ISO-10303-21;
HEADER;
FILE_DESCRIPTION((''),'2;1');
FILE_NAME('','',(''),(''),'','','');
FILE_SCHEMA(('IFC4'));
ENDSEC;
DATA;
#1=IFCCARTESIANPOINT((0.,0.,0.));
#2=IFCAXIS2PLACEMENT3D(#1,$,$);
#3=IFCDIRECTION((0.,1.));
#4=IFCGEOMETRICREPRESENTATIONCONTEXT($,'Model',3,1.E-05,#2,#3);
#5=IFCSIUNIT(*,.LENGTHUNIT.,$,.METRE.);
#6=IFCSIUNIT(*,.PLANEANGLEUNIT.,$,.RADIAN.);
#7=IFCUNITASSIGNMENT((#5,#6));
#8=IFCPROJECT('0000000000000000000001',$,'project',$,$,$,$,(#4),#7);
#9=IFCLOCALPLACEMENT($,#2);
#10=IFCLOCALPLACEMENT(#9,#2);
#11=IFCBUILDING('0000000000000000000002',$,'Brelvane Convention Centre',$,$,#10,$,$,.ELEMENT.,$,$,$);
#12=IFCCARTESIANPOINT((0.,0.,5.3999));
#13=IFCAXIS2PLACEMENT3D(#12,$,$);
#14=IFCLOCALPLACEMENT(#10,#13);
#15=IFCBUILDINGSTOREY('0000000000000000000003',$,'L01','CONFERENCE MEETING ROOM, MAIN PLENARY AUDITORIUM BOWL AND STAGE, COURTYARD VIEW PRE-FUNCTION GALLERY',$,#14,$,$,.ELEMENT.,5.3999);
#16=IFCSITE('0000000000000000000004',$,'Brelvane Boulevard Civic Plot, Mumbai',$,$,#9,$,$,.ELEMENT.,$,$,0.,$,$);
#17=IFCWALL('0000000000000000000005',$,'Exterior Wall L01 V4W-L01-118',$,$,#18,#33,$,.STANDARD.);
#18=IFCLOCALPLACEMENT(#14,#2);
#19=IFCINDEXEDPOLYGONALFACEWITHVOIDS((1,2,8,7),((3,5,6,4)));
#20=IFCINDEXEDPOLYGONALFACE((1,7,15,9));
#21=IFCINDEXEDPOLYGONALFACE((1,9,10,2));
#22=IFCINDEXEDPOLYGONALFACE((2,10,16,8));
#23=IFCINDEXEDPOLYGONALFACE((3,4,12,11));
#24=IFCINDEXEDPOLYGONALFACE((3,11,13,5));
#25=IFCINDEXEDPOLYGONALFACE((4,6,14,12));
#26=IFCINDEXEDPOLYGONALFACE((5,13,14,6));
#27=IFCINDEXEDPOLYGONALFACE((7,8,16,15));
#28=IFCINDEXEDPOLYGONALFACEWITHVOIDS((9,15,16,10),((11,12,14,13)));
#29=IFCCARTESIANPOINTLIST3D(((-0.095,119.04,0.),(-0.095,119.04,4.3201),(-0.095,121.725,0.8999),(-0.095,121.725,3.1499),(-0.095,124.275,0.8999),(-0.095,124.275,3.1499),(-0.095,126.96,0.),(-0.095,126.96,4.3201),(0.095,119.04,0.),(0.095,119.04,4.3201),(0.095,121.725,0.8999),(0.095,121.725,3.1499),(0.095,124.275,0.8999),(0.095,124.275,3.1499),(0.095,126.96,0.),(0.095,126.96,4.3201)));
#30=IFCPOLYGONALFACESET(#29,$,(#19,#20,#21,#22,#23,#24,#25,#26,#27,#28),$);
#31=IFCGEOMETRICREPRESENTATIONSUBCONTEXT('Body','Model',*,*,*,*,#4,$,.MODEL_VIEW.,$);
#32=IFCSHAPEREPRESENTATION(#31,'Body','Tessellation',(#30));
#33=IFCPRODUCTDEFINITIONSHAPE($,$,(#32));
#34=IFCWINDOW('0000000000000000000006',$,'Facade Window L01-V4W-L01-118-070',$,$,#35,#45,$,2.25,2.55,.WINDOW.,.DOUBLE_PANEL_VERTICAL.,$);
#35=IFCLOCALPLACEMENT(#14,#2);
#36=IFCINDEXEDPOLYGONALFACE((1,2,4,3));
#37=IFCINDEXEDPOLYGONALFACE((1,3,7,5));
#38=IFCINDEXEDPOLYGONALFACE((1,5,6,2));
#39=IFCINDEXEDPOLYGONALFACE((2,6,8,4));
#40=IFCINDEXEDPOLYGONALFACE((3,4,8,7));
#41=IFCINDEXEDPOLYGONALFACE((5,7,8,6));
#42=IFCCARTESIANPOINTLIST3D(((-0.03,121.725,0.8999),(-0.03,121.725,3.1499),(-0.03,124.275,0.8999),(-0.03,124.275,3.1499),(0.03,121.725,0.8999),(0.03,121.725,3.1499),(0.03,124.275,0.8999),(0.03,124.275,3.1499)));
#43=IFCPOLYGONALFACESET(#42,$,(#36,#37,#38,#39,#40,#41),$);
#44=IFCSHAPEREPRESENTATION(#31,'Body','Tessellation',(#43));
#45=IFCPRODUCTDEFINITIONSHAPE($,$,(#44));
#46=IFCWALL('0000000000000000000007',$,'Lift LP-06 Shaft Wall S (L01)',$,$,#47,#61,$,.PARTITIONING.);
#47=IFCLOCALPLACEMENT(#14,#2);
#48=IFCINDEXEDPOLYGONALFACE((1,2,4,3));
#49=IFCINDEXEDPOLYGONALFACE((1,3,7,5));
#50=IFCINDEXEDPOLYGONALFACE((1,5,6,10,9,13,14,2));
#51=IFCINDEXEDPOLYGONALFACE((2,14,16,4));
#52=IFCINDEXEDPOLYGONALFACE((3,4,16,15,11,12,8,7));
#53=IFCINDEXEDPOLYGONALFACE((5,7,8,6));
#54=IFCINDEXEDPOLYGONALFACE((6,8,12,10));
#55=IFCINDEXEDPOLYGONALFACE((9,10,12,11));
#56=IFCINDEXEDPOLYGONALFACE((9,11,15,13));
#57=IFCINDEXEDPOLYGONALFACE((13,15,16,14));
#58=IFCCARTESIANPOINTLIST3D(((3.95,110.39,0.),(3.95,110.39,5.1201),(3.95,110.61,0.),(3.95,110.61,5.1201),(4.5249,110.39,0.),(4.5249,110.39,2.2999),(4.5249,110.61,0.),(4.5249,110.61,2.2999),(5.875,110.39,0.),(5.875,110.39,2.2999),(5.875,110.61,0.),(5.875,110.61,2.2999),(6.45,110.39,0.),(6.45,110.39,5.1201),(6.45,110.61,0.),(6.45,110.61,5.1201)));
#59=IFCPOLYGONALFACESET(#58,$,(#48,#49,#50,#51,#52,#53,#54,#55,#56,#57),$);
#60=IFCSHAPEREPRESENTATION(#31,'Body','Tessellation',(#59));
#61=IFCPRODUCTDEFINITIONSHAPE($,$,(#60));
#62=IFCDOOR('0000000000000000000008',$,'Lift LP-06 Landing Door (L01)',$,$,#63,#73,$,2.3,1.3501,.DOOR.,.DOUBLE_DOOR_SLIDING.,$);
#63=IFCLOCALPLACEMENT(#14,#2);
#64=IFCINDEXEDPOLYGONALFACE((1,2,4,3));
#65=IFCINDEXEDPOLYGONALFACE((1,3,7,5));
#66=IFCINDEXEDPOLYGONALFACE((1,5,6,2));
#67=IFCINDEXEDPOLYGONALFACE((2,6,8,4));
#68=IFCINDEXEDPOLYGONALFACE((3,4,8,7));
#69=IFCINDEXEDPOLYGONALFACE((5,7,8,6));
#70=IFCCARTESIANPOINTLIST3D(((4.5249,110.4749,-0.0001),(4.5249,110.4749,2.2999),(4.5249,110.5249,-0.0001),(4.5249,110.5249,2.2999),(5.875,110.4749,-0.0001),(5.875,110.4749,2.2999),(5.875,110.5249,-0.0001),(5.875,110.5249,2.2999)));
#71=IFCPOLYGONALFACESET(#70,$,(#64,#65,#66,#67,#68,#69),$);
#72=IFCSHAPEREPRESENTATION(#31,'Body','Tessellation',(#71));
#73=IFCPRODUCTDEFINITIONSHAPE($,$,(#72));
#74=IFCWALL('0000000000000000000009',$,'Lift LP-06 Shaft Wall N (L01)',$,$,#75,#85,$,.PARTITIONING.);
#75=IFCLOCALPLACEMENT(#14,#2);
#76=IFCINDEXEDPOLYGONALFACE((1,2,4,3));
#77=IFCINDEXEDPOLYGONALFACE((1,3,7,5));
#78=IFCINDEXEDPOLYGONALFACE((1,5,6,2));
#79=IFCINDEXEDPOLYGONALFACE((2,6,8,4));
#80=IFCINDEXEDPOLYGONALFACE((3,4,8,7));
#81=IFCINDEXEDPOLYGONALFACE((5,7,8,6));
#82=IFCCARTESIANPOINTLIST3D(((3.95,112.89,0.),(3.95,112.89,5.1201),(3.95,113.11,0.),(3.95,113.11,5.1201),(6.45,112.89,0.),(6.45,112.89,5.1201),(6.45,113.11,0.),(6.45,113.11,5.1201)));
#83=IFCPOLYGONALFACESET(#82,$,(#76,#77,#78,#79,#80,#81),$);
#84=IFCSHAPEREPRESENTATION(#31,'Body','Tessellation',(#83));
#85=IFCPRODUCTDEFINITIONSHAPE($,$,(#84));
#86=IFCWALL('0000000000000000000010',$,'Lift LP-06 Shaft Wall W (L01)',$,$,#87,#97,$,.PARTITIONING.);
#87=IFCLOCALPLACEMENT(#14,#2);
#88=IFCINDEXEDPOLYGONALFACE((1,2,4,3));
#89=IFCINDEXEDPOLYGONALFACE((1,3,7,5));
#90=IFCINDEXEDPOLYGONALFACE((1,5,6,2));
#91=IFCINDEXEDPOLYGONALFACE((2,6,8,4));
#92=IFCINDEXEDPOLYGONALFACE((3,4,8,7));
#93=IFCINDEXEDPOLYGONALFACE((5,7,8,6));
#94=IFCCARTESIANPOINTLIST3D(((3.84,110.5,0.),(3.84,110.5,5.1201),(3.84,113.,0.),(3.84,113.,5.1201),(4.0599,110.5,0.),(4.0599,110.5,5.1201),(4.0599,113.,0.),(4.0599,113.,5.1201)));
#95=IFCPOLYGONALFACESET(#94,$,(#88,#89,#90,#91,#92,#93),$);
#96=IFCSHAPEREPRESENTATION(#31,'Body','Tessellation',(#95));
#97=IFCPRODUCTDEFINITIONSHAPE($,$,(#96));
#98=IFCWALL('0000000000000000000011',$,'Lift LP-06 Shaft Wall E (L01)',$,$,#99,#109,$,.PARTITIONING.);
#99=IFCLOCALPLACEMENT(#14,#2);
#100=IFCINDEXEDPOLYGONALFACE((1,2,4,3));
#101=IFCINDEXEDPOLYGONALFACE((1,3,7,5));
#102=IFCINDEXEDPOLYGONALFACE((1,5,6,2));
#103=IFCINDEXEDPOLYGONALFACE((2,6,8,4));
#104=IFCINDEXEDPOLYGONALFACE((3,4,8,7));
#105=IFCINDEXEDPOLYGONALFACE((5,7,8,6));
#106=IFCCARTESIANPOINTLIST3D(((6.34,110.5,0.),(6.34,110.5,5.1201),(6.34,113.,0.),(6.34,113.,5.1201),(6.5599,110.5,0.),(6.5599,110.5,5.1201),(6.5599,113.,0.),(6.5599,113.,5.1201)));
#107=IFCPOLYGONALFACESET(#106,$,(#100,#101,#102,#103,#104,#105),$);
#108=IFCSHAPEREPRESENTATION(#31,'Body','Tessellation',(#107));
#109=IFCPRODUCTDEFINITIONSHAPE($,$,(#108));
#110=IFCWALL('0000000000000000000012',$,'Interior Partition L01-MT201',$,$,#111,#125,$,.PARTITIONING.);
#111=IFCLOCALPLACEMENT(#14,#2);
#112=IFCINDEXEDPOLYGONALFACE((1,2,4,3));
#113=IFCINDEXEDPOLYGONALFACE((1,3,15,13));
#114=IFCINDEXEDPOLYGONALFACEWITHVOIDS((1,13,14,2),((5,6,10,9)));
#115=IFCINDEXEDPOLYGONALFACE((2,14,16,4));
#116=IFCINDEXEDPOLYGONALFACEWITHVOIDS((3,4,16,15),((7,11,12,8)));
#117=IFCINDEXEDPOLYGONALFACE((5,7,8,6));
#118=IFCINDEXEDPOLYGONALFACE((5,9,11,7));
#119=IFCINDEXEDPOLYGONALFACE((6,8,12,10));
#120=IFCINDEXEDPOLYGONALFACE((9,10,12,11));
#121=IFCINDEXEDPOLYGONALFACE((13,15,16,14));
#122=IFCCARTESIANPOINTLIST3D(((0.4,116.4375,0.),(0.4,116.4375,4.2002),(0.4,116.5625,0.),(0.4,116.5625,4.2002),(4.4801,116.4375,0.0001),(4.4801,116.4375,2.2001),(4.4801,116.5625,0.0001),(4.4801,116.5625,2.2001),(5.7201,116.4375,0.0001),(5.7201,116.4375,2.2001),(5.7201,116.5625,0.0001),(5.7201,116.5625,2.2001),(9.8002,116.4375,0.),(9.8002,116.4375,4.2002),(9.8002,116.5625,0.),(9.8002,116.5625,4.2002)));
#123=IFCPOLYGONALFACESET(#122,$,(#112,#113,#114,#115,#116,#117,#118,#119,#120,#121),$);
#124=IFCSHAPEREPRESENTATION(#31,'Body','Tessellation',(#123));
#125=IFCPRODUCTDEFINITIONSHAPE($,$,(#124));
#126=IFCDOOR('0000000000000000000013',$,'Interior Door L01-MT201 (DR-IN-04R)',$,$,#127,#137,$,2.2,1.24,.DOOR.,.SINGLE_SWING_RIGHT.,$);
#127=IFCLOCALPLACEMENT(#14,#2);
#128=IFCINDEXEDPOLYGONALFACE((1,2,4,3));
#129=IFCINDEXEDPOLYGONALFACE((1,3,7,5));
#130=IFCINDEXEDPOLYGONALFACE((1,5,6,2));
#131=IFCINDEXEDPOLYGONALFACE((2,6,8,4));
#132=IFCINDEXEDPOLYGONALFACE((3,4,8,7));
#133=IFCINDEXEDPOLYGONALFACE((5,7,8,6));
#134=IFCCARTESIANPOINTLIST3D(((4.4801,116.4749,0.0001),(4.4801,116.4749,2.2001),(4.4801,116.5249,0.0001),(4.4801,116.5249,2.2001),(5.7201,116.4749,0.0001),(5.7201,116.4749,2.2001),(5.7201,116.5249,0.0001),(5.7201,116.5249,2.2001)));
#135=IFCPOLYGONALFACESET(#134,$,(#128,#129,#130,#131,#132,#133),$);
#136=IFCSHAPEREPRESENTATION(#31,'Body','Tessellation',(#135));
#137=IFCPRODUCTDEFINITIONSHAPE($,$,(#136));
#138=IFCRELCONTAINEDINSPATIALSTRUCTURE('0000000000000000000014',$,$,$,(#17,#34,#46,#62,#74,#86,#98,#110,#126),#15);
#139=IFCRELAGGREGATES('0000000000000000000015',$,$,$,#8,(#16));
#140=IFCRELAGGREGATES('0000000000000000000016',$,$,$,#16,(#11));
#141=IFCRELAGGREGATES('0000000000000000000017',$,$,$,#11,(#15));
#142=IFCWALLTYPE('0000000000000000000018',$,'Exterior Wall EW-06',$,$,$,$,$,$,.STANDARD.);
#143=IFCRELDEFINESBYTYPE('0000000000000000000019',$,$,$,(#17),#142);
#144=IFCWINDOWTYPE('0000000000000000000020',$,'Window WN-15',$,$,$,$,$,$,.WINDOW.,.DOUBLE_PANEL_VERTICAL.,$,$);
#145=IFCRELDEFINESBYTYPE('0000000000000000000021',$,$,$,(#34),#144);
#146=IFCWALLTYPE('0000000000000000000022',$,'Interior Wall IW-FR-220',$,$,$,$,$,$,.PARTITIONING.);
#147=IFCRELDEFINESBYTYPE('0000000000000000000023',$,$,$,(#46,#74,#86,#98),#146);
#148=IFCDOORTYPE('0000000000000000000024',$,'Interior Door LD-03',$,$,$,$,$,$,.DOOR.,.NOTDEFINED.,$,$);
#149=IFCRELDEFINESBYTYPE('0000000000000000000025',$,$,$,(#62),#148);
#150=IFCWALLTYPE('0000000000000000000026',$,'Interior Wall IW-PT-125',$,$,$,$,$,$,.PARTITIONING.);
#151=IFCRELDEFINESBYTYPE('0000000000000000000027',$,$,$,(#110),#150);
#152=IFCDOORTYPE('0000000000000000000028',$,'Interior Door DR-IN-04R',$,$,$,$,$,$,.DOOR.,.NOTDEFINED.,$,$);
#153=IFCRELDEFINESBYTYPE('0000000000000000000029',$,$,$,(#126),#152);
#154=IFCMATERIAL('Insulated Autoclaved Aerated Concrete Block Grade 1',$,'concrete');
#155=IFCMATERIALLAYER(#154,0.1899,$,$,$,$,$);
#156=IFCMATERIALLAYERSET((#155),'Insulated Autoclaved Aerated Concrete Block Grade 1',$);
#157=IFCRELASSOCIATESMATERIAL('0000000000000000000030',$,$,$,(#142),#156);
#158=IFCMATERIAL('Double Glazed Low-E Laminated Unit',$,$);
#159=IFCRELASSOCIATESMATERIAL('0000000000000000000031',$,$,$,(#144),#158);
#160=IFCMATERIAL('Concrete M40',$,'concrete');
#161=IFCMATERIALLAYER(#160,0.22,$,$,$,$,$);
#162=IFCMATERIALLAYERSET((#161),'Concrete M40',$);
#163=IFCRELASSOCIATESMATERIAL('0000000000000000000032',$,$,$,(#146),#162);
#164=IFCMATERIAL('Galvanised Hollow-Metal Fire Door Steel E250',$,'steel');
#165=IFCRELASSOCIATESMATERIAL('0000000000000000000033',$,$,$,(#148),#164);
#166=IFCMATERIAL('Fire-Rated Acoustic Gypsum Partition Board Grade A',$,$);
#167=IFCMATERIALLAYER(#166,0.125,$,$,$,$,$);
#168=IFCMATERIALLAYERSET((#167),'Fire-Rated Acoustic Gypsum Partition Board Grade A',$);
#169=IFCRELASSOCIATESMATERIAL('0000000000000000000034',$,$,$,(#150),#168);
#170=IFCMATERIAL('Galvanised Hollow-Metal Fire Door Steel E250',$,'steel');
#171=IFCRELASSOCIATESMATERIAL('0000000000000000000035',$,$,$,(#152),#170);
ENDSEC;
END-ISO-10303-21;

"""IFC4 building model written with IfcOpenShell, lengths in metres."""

from ifc_helpers import new_model, si_unit, direction, frame, frame_2d, origin, place, context, subcontext, project, spatial, rectangle, extrude, material, layer, layer_set, type_object, element, fill, save


model = new_model("IFC4")

# Units and contexts
model_context = context("Model", 3, precision=1e-05, world=origin(), true_north=direction((0.0, 1.0)))
body_context = subcontext(model_context, "Body", "Model", "MODEL_VIEW")
ifc_project = project(units=[si_unit("LENGTHUNIT", "METRE"), si_unit("PLANEANGLEUNIT", "RADIAN")], contexts=[model_context])

# Site, building, storey
site_placement = place(None, origin())
site = spatial("IfcSite", under=ifc_project, at=site_placement, Name="Brelvane Boulevard Civic Plot, Mumbai", CompositionType="ELEMENT", RefElevation=0.0)
building_placement = place(site_placement, origin())
building = spatial("IfcBuilding", under=site, at=building_placement, Name="Brelvane Convention Centre", CompositionType="ELEMENT")
storey_placement = place(building_placement, frame((0.0, 0.0, 5.3999)))
storey = spatial("IfcBuildingStorey", under=building, at=storey_placement, Name="L01", Description="CONFERENCE MEETING ROOM, MAIN PLENARY AUDITORIUM BOWL AND STAGE, COURTYARD VIEW PRE-FUNCTION GALLERY", CompositionType="ELEMENT", Elevation=5.3999)

# Wall, opening, window
ifc_material_1 = material(Name="Insulated Autoclaved Aerated Concrete Block Grade 1", Category="concrete")
ifc_layer_1 = layer(ifc_material_1, 0.1899)
ifc_layer_set_1 = layer_set([ifc_layer_1], Name="Insulated Autoclaved Aerated Concrete Block Grade 1")
wall_type_1 = type_object("IfcWallType", Name="Exterior Wall EW-06", PredefinedType="STANDARD", material=ifc_layer_set_1)
wall_1_placement = place(storey_placement, frame((0.0, 119.04, 0.0), z_axis=(0.0, 0.0, 1.0), x_axis=(0.0, 1.0, 0.0)))
wall_1 = element("IfcWall", 1, at=wall_1_placement, inside=storey, type_object=wall_type_1, Name="Exterior Wall L01 V4W-L01-118", PredefinedType="STANDARD", context=body_context, shape_type="SweptSolid", body=[
    extrude(rectangle(XDim=7.9199, YDim=0.1899, at=frame_2d((3.96, 0.0))), origin(), (0.0, 0.0, 1.0), 4.3201),
])
opening_1_placement = place(wall_1_placement, frame((2.6851, 0.0, 0.8999)))
opening_1 = element("IfcOpeningElement", 2, at=opening_1_placement, cuts=wall_1, PredefinedType="OPENING", context=body_context, shape_type="SweptSolid", body=[
    extrude(rectangle(XDim=2.55, YDim=2.25, at=frame_2d((1.2749, 1.125))), frame((0.0, 0.105, 0.0), z_axis=(0.0, -1.0, 0.0), x_axis=(1.0, 0.0, 0.0)), (0.0, 0.0, 1.0), 0.21),
])
ifc_material_2 = material(Name="Double Glazed Low-E Laminated Unit")
window_type_1 = type_object("IfcWindowType", Name="Window WN-15", PartitioningType="DOUBLE_PANEL_VERTICAL", PredefinedType="WINDOW", material=ifc_material_2)
window_1_placement = place(opening_1_placement, origin())
window_1 = element("IfcWindow", 3, at=window_1_placement, inside=storey, type_object=window_type_1, Name="Facade Window L01-V4W-L01-118-070", OverallHeight=2.25, OverallWidth=2.55, PartitioningType="DOUBLE_PANEL_VERTICAL", PredefinedType="WINDOW", context=body_context, shape_type="SweptSolid", body=[
    extrude(rectangle(XDim=2.55, YDim=2.25, at=frame_2d((1.2749, 1.125))), frame((0.0, 0.03, 0.0), z_axis=(0.0, -1.0, 0.0), x_axis=(1.0, 0.0, 0.0)), (0.0, 0.0, 1.0), 0.0601),
])
fill(opening_1, window_1)

# Wall, opening, door
ifc_material_3 = material(Name="Concrete M40", Category="concrete")
ifc_layer_2 = layer(ifc_material_3, 0.22)
ifc_layer_set_2 = layer_set([ifc_layer_2], Name="Concrete M40")
wall_type_2 = type_object("IfcWallType", Name="Interior Wall IW-FR-220", PredefinedType="PARTITIONING", material=ifc_layer_set_2)
wall_2_placement = place(storey_placement, frame((3.95, 110.5, 0.0), z_axis=(0.0, 0.0, 1.0), x_axis=(1.0, 0.0, 0.0)))
wall_2 = element("IfcWall", 4, at=wall_2_placement, inside=storey, type_object=wall_type_2, Name="Lift LP-06 Shaft Wall S (L01)", PredefinedType="PARTITIONING", context=body_context, shape_type="SweptSolid", body=[
    extrude(rectangle(XDim=2.5, YDim=0.22, at=frame_2d((1.25, 0.0))), origin(), (0.0, 0.0, 1.0), 5.1201),
])
opening_2_placement = place(wall_2_placement, frame((0.575, 0.0, 0.0)))
opening_2 = element("IfcOpeningElement", 5, at=opening_2_placement, cuts=wall_2, PredefinedType="OPENING", context=body_context, shape_type="SweptSolid", body=[
    extrude(rectangle(XDim=1.3501, YDim=2.3, at=frame_2d((0.675, 1.1499))), frame((0.0, 0.1199, 0.0), z_axis=(0.0, -1.0, 0.0), x_axis=(1.0, 0.0, 0.0)), (0.0, 0.0, 1.0), 0.24),
])
ifc_material_4 = material(Name="Galvanised Hollow-Metal Fire Door Steel E250", Category="steel")
door_type_1 = type_object("IfcDoorType", Name="Interior Door LD-03", OperationType="NOTDEFINED", PredefinedType="DOOR", material=ifc_material_4)
door_1_placement = place(opening_2_placement, origin())
door_1 = element("IfcDoor", 6, at=door_1_placement, inside=storey, type_object=door_type_1, Name="Lift LP-06 Landing Door (L01)", OperationType="DOUBLE_DOOR_SLIDING", OverallHeight=2.3, OverallWidth=1.3501, PredefinedType="DOOR", context=body_context, shape_type="SweptSolid", body=[
    extrude(rectangle(XDim=1.3501, YDim=2.3, at=frame_2d((0.675, 1.1499))), frame((0.0, 0.0249, 0.0), z_axis=(0.0, -1.0, 0.0), x_axis=(1.0, 0.0, 0.0)), (0.0, 0.0, 1.0), 0.05),
])
fill(opening_2, door_1)

# Walls
for number, where, z_axis, x_axis, name in (
    (7, (3.95, 113.0, 0.0), (0.0, 0.0, 1.0), (1.0, 0.0, 0.0), "Lift LP-06 Shaft Wall N (L01)"),
    (8, (3.95, 110.5, 0.0), (0.0, 0.0, 1.0), (0.0, 1.0, 0.0), "Lift LP-06 Shaft Wall W (L01)"),
    (9, (6.45, 110.5, 0.0), (0.0, 0.0, 1.0), (0.0, 1.0, 0.0), "Lift LP-06 Shaft Wall E (L01)"),
):
    element("IfcWall", number, at=place(storey_placement, frame(where, z_axis=z_axis, x_axis=x_axis)), inside=storey, type_object=wall_type_2, Name=name, PredefinedType="PARTITIONING", context=body_context, shape_type="SweptSolid", body=[
        extrude(rectangle(XDim=2.5, YDim=0.22, at=frame_2d((1.25, 0.0))), origin(), (0.0, 0.0, 1.0), 5.1201),
    ])

# Wall, opening, door
ifc_material_5 = material(Name="Fire-Rated Acoustic Gypsum Partition Board Grade A")
ifc_layer_3 = layer(ifc_material_5, 0.125)
ifc_layer_set_3 = layer_set([ifc_layer_3], Name="Fire-Rated Acoustic Gypsum Partition Board Grade A")
wall_type_3 = type_object("IfcWallType", Name="Interior Wall IW-PT-125", PredefinedType="PARTITIONING", material=ifc_layer_set_3)
wall_3_placement = place(storey_placement, frame((0.3999, 116.5, 0.0), z_axis=(0.0, 0.0, 1.0), x_axis=(1.0, 0.0, 0.0)))
wall_3 = element("IfcWall", 10, at=wall_3_placement, inside=storey, type_object=wall_type_3, Name="Interior Partition L01-MT201", PredefinedType="PARTITIONING", context=body_context, shape_type="SweptSolid", body=[
    extrude(rectangle(XDim=9.4001, YDim=0.125, at=frame_2d((4.7002, 0.0))), origin(), (0.0, 0.0, 1.0), 4.2002),
])
opening_3_placement = place(wall_3_placement, frame((4.0801, 0.0, 0.0)))
opening_3 = element("IfcOpeningElement", 11, at=opening_3_placement, cuts=wall_3, PredefinedType="OPENING", context=body_context, shape_type="SweptSolid", body=[
    extrude(rectangle(XDim=1.24, YDim=2.2, at=frame_2d((0.6201, 1.1001))), frame((0.0, 0.0725, 0.0), z_axis=(0.0, -1.0, 0.0), x_axis=(1.0, 0.0, 0.0)), (0.0, 0.0, 1.0), 0.145),
])
ifc_material_6 = material(Name="Galvanised Hollow-Metal Fire Door Steel E250", Category="steel")
door_type_2 = type_object("IfcDoorType", Name="Interior Door DR-IN-04R", OperationType="NOTDEFINED", PredefinedType="DOOR", material=ifc_material_6)
door_2_placement = place(opening_3_placement, origin())
door_2 = element("IfcDoor", 12, at=door_2_placement, inside=storey, type_object=door_type_2, Name="Interior Door L01-MT201 (DR-IN-04R)", OperationType="SINGLE_SWING_RIGHT", OverallHeight=2.2, OverallWidth=1.24, PredefinedType="DOOR", context=body_context, shape_type="SweptSolid", body=[
    extrude(rectangle(XDim=1.24, YDim=2.2, at=frame_2d((0.6201, 1.1001))), frame((0.0, 0.0249, 0.0), z_axis=(0.0, -1.0, 0.0), x_axis=(1.0, 0.0, 0.0)), (0.0, 0.0, 1.0), 0.05),
])
fill(opening_3, door_2)

save(model, "model.ifc")
